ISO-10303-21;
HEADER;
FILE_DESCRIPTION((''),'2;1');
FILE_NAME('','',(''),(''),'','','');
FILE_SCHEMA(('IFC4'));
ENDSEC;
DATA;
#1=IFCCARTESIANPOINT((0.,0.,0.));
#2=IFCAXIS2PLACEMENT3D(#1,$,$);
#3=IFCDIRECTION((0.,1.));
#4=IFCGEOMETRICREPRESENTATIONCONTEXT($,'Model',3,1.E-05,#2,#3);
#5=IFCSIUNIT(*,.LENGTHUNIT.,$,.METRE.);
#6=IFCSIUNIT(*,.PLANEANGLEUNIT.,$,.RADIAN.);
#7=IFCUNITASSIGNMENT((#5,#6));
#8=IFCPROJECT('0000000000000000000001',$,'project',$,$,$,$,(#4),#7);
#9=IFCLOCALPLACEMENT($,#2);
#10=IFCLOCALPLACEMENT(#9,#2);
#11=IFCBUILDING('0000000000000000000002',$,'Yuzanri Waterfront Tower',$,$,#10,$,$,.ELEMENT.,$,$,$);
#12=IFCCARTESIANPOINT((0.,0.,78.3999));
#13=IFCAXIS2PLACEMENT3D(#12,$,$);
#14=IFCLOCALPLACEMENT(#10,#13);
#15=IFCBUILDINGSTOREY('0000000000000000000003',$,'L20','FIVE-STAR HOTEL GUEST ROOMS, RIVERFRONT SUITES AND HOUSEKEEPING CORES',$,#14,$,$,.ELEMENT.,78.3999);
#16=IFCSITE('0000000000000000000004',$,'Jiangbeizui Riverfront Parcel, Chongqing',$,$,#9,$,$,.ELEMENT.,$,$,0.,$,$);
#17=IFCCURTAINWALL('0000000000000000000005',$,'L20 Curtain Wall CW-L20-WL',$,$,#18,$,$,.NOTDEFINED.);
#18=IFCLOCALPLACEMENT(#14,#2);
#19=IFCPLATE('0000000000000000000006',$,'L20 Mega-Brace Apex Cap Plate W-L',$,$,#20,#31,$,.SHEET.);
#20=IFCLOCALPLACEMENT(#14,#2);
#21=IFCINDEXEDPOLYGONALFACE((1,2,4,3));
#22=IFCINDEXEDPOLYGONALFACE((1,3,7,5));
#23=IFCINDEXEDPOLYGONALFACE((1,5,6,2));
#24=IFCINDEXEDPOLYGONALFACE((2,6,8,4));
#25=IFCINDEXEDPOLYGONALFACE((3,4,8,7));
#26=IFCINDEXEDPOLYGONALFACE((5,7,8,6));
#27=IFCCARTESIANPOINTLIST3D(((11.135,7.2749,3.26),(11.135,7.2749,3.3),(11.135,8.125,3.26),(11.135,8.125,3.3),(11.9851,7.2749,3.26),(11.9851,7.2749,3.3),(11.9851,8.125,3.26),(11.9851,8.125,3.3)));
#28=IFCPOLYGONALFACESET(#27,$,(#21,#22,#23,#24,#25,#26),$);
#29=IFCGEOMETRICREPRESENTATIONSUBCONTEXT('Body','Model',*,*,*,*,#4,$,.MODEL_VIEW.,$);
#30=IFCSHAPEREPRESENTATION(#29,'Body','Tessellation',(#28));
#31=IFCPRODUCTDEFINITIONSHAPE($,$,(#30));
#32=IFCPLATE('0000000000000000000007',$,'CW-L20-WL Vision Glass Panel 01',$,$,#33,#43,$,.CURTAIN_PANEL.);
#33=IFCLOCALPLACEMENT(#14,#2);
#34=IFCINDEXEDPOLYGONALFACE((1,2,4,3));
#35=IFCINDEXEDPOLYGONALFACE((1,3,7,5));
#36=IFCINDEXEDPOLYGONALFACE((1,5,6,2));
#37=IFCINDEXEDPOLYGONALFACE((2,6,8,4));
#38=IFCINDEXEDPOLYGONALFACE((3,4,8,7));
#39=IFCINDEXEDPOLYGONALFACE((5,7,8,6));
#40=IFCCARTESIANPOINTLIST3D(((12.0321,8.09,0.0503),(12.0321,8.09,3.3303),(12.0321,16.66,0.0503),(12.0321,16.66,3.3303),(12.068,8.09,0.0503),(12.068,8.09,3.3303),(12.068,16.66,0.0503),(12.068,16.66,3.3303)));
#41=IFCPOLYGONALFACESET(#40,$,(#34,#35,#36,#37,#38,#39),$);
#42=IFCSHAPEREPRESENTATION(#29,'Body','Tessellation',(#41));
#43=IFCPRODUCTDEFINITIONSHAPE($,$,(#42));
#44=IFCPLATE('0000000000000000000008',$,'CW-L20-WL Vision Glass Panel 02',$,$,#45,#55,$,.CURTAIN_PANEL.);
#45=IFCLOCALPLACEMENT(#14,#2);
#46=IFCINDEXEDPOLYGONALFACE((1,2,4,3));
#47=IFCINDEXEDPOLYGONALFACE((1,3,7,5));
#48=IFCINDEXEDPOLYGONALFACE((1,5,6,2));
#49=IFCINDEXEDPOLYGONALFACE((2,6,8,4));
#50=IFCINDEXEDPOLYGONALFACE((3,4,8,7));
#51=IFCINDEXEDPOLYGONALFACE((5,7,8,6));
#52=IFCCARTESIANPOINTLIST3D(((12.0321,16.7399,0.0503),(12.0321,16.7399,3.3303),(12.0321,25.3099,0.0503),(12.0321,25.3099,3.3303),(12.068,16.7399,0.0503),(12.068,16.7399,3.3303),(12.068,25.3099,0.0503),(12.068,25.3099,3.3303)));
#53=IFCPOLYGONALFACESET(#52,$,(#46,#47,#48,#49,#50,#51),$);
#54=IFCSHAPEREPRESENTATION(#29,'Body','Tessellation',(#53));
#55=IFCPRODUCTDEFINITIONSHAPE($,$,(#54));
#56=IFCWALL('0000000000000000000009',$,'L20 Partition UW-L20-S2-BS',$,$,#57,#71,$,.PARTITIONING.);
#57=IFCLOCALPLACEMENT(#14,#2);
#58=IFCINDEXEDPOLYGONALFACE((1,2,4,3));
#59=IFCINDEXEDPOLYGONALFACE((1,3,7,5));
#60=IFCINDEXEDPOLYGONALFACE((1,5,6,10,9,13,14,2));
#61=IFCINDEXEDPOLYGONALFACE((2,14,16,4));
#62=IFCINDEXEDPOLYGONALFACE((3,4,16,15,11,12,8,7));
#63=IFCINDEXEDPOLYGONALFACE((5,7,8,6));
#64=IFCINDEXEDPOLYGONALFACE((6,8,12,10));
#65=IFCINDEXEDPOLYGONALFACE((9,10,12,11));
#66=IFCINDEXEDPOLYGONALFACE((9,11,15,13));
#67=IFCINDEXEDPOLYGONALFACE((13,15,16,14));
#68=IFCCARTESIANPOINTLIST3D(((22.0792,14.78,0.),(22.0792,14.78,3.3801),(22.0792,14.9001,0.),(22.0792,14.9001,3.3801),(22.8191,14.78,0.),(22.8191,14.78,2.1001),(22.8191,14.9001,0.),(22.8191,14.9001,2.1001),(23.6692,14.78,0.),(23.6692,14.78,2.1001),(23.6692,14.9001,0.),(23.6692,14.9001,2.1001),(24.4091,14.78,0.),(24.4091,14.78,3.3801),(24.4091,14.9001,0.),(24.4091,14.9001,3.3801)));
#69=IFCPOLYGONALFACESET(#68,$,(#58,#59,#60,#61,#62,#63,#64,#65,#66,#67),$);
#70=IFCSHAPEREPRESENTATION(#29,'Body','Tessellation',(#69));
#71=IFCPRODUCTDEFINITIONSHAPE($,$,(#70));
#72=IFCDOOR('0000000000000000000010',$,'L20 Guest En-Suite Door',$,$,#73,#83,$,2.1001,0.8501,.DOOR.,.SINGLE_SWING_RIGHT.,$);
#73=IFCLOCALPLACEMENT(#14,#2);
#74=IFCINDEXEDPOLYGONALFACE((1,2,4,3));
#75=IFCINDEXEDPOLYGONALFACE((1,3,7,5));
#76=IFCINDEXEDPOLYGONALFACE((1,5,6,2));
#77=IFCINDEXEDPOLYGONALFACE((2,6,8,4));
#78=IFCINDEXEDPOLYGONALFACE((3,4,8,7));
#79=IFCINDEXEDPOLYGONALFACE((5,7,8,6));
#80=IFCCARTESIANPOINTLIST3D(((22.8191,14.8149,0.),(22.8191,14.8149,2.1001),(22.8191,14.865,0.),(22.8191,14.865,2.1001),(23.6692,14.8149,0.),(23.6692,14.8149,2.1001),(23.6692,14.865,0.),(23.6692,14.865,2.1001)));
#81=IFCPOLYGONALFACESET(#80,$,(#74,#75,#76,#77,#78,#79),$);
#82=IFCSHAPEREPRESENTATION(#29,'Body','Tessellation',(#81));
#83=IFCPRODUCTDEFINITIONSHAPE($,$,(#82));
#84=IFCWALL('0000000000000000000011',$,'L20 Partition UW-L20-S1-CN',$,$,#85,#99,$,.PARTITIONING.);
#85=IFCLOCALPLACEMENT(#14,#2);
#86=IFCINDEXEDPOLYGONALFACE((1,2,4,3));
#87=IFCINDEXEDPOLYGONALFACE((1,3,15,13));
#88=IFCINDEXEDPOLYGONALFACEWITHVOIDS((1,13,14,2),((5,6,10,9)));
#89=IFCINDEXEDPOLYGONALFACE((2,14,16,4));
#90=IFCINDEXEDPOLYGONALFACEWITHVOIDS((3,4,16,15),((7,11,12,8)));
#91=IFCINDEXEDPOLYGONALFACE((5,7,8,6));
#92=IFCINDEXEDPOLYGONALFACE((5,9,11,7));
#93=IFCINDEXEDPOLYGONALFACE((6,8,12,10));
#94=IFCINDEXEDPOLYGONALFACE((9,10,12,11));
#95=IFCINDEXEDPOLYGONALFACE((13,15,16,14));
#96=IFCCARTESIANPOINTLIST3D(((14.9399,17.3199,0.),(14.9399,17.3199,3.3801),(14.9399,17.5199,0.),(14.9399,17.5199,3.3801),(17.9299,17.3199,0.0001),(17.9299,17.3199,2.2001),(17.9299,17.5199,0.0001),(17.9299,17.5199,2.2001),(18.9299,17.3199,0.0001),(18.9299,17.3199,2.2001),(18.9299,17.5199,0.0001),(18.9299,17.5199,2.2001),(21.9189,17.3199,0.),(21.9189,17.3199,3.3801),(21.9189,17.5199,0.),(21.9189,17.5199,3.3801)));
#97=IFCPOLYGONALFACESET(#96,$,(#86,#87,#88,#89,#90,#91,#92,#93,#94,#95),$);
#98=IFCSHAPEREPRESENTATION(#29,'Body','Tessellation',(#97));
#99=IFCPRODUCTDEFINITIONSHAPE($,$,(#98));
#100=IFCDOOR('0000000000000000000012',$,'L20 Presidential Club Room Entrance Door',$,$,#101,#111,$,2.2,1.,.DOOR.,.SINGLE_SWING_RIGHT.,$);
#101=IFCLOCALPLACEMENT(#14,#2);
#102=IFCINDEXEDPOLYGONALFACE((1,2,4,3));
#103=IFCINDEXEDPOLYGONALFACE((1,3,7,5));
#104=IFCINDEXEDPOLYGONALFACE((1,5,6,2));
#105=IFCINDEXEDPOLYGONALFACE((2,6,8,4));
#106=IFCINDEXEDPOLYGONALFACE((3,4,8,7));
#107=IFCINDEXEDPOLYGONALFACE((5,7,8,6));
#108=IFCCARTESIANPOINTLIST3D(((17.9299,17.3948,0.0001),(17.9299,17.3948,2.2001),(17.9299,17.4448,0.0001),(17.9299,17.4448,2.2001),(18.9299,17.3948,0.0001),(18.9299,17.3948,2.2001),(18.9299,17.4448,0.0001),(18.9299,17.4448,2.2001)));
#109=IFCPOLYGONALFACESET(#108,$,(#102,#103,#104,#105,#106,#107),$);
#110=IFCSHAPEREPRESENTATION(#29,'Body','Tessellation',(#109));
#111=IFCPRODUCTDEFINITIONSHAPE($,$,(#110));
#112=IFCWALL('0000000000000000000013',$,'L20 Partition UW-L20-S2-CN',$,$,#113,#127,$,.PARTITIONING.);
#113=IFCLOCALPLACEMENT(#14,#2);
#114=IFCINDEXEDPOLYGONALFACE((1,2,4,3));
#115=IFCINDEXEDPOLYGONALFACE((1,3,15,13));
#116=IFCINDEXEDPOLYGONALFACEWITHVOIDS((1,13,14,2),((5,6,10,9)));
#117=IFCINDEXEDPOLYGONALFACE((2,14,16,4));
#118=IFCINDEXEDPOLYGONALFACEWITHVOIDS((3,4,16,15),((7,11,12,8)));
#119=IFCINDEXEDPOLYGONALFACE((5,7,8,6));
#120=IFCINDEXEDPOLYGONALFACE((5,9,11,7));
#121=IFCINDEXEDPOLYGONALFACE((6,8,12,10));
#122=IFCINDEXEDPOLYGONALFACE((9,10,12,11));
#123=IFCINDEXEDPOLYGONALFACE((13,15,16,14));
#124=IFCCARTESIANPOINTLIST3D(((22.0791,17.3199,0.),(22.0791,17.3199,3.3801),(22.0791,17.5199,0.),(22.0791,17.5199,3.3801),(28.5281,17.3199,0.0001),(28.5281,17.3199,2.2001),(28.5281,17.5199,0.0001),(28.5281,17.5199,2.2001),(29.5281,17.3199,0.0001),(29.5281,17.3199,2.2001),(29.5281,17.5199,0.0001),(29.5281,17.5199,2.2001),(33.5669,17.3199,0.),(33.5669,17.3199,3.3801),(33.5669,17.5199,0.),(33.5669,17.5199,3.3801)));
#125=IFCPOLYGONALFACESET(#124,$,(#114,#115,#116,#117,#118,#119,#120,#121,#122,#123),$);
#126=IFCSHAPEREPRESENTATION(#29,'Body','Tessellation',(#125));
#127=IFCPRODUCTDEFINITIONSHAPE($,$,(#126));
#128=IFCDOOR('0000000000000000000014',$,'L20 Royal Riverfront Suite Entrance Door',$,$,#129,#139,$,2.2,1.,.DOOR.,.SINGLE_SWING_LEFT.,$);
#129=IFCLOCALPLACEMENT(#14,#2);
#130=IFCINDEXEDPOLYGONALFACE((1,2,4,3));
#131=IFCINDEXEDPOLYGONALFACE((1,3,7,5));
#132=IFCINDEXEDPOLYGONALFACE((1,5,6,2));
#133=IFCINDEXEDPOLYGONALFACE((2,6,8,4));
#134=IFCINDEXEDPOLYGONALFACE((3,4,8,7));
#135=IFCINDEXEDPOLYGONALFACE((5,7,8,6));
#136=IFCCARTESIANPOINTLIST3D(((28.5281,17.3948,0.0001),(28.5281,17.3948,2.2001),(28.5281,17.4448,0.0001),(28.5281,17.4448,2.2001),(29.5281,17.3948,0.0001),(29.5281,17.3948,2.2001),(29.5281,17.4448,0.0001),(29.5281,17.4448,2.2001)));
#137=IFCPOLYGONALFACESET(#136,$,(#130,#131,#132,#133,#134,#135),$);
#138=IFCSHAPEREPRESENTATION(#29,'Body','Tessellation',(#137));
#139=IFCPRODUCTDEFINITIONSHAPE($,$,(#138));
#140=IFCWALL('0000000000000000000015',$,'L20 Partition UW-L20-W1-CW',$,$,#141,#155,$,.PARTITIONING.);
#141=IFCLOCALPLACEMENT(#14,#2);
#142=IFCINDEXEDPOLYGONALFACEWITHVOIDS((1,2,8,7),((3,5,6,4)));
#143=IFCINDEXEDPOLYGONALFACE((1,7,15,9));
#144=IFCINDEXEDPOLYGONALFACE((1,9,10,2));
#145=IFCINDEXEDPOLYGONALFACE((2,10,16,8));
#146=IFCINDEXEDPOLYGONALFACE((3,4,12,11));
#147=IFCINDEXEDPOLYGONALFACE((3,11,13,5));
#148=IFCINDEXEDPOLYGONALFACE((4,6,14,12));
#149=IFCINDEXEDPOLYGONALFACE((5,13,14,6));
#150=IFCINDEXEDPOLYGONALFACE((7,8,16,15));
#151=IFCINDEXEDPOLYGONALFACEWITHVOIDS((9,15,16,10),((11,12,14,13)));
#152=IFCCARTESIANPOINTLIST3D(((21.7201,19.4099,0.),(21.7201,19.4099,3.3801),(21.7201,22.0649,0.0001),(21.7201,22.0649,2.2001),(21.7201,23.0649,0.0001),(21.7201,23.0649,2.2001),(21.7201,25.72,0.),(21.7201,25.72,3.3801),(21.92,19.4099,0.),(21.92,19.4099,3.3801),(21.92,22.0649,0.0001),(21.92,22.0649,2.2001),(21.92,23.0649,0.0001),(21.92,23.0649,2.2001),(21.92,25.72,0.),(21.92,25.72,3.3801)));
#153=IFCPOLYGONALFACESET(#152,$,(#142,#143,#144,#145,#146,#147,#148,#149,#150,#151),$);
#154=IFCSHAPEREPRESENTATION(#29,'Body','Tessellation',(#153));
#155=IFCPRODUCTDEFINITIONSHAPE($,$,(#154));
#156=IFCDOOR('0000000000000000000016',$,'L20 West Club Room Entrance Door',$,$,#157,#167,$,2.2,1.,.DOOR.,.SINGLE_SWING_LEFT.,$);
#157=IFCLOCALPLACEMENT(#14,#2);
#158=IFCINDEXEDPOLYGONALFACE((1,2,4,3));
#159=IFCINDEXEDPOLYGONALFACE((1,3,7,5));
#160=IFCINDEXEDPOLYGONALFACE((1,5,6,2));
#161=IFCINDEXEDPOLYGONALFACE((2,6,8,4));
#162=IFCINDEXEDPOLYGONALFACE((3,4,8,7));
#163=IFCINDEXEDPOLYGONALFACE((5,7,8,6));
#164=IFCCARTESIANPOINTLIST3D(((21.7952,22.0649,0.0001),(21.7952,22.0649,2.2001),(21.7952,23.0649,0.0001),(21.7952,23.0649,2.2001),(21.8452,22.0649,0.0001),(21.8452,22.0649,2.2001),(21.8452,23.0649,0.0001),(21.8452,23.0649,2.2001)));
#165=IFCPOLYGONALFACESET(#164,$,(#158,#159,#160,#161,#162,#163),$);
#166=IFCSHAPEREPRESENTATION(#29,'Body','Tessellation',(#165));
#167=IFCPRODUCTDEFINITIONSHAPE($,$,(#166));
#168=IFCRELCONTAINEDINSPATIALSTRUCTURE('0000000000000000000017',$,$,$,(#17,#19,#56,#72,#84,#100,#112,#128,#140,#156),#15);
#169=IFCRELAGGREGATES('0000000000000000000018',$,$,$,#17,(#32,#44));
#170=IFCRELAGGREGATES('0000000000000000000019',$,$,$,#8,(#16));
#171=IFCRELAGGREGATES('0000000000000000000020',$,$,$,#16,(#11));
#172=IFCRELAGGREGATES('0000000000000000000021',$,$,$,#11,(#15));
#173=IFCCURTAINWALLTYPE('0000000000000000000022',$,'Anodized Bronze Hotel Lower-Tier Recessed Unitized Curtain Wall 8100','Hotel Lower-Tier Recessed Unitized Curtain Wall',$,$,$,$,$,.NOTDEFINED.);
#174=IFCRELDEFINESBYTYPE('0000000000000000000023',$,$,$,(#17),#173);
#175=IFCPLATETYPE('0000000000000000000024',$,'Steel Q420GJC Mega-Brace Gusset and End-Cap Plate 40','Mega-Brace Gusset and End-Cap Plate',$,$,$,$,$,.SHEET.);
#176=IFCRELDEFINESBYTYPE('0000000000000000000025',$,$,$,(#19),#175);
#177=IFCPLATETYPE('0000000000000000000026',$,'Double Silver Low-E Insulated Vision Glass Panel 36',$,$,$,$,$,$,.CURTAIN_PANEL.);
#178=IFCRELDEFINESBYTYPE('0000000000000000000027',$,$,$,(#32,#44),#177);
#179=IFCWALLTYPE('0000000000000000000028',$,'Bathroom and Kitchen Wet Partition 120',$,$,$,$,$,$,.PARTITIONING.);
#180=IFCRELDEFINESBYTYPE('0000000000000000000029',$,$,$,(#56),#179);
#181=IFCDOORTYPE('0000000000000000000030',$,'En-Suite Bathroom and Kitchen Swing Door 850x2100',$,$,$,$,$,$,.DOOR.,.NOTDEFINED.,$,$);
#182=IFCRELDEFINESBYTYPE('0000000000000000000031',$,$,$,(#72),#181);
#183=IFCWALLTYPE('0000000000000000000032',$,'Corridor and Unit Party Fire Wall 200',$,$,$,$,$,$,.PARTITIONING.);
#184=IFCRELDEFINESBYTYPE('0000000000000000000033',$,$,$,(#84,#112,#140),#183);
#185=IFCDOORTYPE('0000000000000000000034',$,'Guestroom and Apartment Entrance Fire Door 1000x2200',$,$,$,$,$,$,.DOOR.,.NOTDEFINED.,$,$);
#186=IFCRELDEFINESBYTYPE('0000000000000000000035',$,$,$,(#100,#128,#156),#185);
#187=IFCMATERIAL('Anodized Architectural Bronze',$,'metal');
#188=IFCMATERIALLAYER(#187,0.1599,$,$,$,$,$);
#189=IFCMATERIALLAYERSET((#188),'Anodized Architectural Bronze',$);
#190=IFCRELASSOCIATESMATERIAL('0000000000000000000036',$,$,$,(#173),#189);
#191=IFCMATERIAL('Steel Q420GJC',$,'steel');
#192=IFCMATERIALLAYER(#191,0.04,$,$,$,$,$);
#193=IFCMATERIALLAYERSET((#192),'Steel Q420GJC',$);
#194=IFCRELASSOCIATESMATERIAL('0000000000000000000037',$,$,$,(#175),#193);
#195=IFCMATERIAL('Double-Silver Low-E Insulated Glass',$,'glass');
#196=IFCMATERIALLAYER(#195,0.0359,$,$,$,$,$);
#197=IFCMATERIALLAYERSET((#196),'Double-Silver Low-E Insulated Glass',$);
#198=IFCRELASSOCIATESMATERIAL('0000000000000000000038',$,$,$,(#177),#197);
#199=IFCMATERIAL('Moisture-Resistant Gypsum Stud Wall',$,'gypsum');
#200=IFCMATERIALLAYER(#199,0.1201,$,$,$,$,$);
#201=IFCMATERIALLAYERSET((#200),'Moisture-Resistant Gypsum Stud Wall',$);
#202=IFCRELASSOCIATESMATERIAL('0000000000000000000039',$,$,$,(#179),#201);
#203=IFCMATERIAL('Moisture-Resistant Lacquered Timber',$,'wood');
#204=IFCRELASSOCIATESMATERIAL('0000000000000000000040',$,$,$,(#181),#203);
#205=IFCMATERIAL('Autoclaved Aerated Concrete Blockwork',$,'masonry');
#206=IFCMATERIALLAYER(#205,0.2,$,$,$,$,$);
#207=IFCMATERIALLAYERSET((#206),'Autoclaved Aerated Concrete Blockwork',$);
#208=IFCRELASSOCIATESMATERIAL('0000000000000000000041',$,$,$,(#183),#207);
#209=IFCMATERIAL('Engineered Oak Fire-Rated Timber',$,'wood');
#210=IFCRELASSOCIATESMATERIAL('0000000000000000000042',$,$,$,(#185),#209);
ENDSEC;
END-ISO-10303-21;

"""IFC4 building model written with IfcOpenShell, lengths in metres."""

from ifc_helpers import new_model, si_unit, direction, frame, frame_2d, origin, origin_2d, place, context, subcontext, project, spatial, rectangle, extrude, source, transform, mapped, material, layer, layer_set, type_object, element, fill, aggregate, save


model = new_model("IFC4")

# Units and contexts
model_context = context("Model", 3, precision=1e-05, world=origin(), true_north=direction((0.0, 1.0)))
body_context = subcontext(model_context, "Body", "Model", "MODEL_VIEW")
ifc_project = project(units=[si_unit("LENGTHUNIT", "METRE"), si_unit("PLANEANGLEUNIT", "RADIAN")], contexts=[model_context])

# Site, building, storey
site_placement = place(None, origin())
site = spatial("IfcSite", under=ifc_project, at=site_placement, Name="Jiangbeizui Riverfront Parcel, Chongqing", CompositionType="ELEMENT", RefElevation=0.0)
building_placement = place(site_placement, origin())
building = spatial("IfcBuilding", under=site, at=building_placement, Name="Yuzanri Waterfront Tower", CompositionType="ELEMENT")
storey_placement = place(building_placement, frame((0.0, 0.0, 78.3999)))
storey = spatial("IfcBuildingStorey", under=building, at=storey_placement, Name="L20", Description="FIVE-STAR HOTEL GUEST ROOMS, RIVERFRONT SUITES AND HOUSEKEEPING CORES", CompositionType="ELEMENT", Elevation=78.3999)

# Curtain wall
ifc_material_1 = material(Name="Anodized Architectural Bronze", Category="metal")
ifc_layer_1 = layer(ifc_material_1, 0.1599)
ifc_layer_set_1 = layer_set([ifc_layer_1], Name="Anodized Architectural Bronze")
curtain_wall_type = type_object("IfcCurtainWallType", Name="Anodized Bronze Hotel Lower-Tier Recessed Unitized Curtain Wall 8100", Description="Hotel Lower-Tier Recessed Unitized Curtain Wall", PredefinedType="NOTDEFINED", material=ifc_layer_set_1)
curtain_wall_placement = place(storey_placement, origin())
curtain_wall = element("IfcCurtainWall", 1, at=curtain_wall_placement, inside=storey, type_object=curtain_wall_type, Name="L20 Curtain Wall CW-L20-WL", PredefinedType="NOTDEFINED")

# Plates
ifc_material_2 = material(Name="Steel Q420GJC", Category="steel")
ifc_layer_2 = layer(ifc_material_2, 0.04)
ifc_layer_set_2 = layer_set([ifc_layer_2], Name="Steel Q420GJC")
plate_type_1 = type_object("IfcPlateType", Name="Steel Q420GJC Mega-Brace Gusset and End-Cap Plate 40", Description="Mega-Brace Gusset and End-Cap Plate", PredefinedType="SHEET", material=ifc_layer_set_2)
shared_shape_1 = source(origin(), body_context, "Body", "SweptSolid", [
    extrude(rectangle(XDim=0.8501, YDim=0.8501, at=origin_2d()), origin(), (0.0, 0.0, 1.0), 0.04),
])
plate_1_placement = place(storey_placement, frame((11.5601, 7.7, 3.26), z_axis=(0.0, 0.0, 1.0), x_axis=(1.0, 0.0, 0.0)))
element("IfcPlate", 2, at=plate_1_placement, inside=storey, type_object=plate_type_1, Name="L20 Mega-Brace Apex Cap Plate W-L", PredefinedType="SHEET", context=body_context, shape_type="MappedRepresentation", body=[
    mapped(shared_shape_1, transform((0.0, 0.0, 0.0), scale=1.0)),
])
ifc_material_3 = material(Name="Double-Silver Low-E Insulated Glass", Category="glass")
ifc_layer_3 = layer(ifc_material_3, 0.0359)
ifc_layer_set_3 = layer_set([ifc_layer_3], Name="Double-Silver Low-E Insulated Glass")
plate_type_2 = type_object("IfcPlateType", Name="Double Silver Low-E Insulated Vision Glass Panel 36", PredefinedType="CURTAIN_PANEL", material=ifc_layer_set_3)
shared_shape_2 = source(origin(), body_context, "Body", "SweptSolid", [
    extrude(rectangle(XDim=8.5701, YDim=0.0359, at=origin_2d()), origin(), (0.0, 0.0, 1.0), 3.28),
])
plate_2_placement = place(storey_placement, frame((12.05, 12.375, 0.0503), z_axis=(0.0, 0.0, 1.0), x_axis=(0.0, 1.0, 0.0)))
plate_2 = element("IfcPlate", 3, at=plate_2_placement, type_object=plate_type_2, Name="CW-L20-WL Vision Glass Panel 01", PredefinedType="CURTAIN_PANEL", context=body_context, shape_type="MappedRepresentation", body=[
    mapped(shared_shape_2, transform((0.0, 0.0, 0.0), scale=1.0)),
])
plate_3_placement = place(storey_placement, frame((12.05, 21.0249, 0.0503), z_axis=(0.0, 0.0, 1.0), x_axis=(0.0, 1.0, 0.0)))
plate_3 = element("IfcPlate", 4, at=plate_3_placement, type_object=plate_type_2, Name="CW-L20-WL Vision Glass Panel 02", PredefinedType="CURTAIN_PANEL", context=body_context, shape_type="MappedRepresentation", body=[
    mapped(shared_shape_2, transform((0.0, 0.0, 0.0), scale=1.0)),
])
aggregate(curtain_wall, [plate_2, plate_3])

# Wall, opening, door
ifc_material_4 = material(Name="Moisture-Resistant Gypsum Stud Wall", Category="gypsum")
ifc_layer_4 = layer(ifc_material_4, 0.1201)
ifc_layer_set_4 = layer_set([ifc_layer_4], Name="Moisture-Resistant Gypsum Stud Wall")
wall_type_1 = type_object("IfcWallType", Name="Bathroom and Kitchen Wet Partition 120", PredefinedType="PARTITIONING", material=ifc_layer_set_4)
wall_1_placement = place(storey_placement, frame((22.0791, 14.8401, 0.0), z_axis=(0.0, 0.0, 1.0), x_axis=(1.0, 0.0, 0.0)))
wall_1 = element("IfcWall", 5, at=wall_1_placement, inside=storey, type_object=wall_type_1, Name="L20 Partition UW-L20-S2-BS", PredefinedType="PARTITIONING", context=body_context, shape_type="SweptSolid", body=[
    extrude(rectangle(XDim=2.3298, YDim=0.1201, at=frame_2d((1.165, 0.0))), origin(), (0.0, 0.0, 1.0), 3.3801),
])
opening_1_placement = place(wall_1_placement, frame((0.74, 0.0, 0.0)))
opening_1 = element("IfcOpeningElement", 6, at=opening_1_placement, cuts=wall_1, PredefinedType="OPENING", context=body_context, shape_type="SweptSolid", body=[
    extrude(rectangle(XDim=0.8501, YDim=2.1001, at=frame_2d((0.425, 1.05))), frame((0.0, 0.075, 0.0), z_axis=(0.0, -1.0, 0.0), x_axis=(1.0, 0.0, 0.0)), (0.0, 0.0, 1.0), 0.1499),
])
ifc_material_5 = material(Name="Moisture-Resistant Lacquered Timber", Category="wood")
door_type_1 = type_object("IfcDoorType", Name="En-Suite Bathroom and Kitchen Swing Door 850x2100", OperationType="NOTDEFINED", PredefinedType="DOOR", material=ifc_material_5)
shared_shape_3 = source(origin(), body_context, "Body", "SweptSolid", [
    extrude(rectangle(XDim=0.8501, YDim=2.1001, at=frame_2d((0.425, 1.05))), frame((0.0, 0.0249, 0.0), z_axis=(0.0, -1.0, 0.0), x_axis=(1.0, 0.0, 0.0)), (0.0, 0.0, 1.0), 0.05),
])
door_1_placement = place(opening_1_placement, origin())
door_1 = element("IfcDoor", 7, at=door_1_placement, inside=storey, type_object=door_type_1, Name="L20 Guest En-Suite Door", OperationType="SINGLE_SWING_RIGHT", OverallHeight=2.1001, OverallWidth=0.8501, PredefinedType="DOOR", context=body_context, shape_type="MappedRepresentation", body=[
    mapped(shared_shape_3, transform((0.0, 0.0, 0.0), scale=1.0)),
])
fill(opening_1, door_1)

# Walls, openings, doors
ifc_material_6 = material(Name="Autoclaved Aerated Concrete Blockwork", Category="masonry")
ifc_layer_5 = layer(ifc_material_6, 0.2)
ifc_layer_set_5 = layer_set([ifc_layer_5], Name="Autoclaved Aerated Concrete Blockwork")
wall_type_2 = type_object("IfcWallType", Name="Corridor and Unit Party Fire Wall 200", PredefinedType="PARTITIONING", material=ifc_layer_set_5)
wall_2_placement = place(storey_placement, frame((14.9399, 17.4199, 0.0), z_axis=(0.0, 0.0, 1.0), x_axis=(1.0, 0.0, 0.0)))
wall_2 = element("IfcWall", 8, at=wall_2_placement, inside=storey, type_object=wall_type_2, Name="L20 Partition UW-L20-S1-CN", PredefinedType="PARTITIONING", context=body_context, shape_type="SweptSolid", body=[
    extrude(rectangle(XDim=6.979, YDim=0.2, at=frame_2d((3.4895, 0.0))), origin(), (0.0, 0.0, 1.0), 3.3801),
])
opening_2_placement = place(wall_2_placement, frame((2.99, 0.0, 0.0)))
opening_2 = element("IfcOpeningElement", 9, at=opening_2_placement, cuts=wall_2, PredefinedType="OPENING", context=body_context, shape_type="SweptSolid", body=[
    extrude(rectangle(XDim=1.0, YDim=2.2, at=frame_2d((0.5, 1.1001))), frame((0.0, 0.1147, 0.0), z_axis=(0.0, -1.0, 0.0), x_axis=(1.0, 0.0, 0.0)), (0.0, 0.0, 1.0), 0.2297),
])
ifc_material_7 = material(Name="Engineered Oak Fire-Rated Timber", Category="wood")
door_type_2 = type_object("IfcDoorType", Name="Guestroom and Apartment Entrance Fire Door 1000x2200", OperationType="NOTDEFINED", PredefinedType="DOOR", material=ifc_material_7)
shared_shape_4 = source(origin(), body_context, "Body", "SweptSolid", [
    extrude(rectangle(XDim=1.0, YDim=2.2, at=frame_2d((0.5, 1.1001))), frame((0.0, 0.0249, 0.0), z_axis=(0.0, -1.0, 0.0), x_axis=(1.0, 0.0, 0.0)), (0.0, 0.0, 1.0), 0.05),
])
door_2_placement = place(opening_2_placement, origin())
door_2 = element("IfcDoor", 10, at=door_2_placement, inside=storey, type_object=door_type_2, Name="L20 Presidential Club Room Entrance Door", OperationType="SINGLE_SWING_RIGHT", OverallHeight=2.2, OverallWidth=1.0, PredefinedType="DOOR", context=body_context, shape_type="MappedRepresentation", body=[
    mapped(shared_shape_4, transform((0.0, 0.0, 0.0), scale=1.0)),
])
fill(opening_2, door_2)
wall_3_placement = place(storey_placement, frame((22.0791, 17.4199, 0.0), z_axis=(0.0, 0.0, 1.0), x_axis=(1.0, 0.0, 0.0)))
wall_3 = element("IfcWall", 11, at=wall_3_placement, inside=storey, type_object=wall_type_2, Name="L20 Partition UW-L20-S2-CN", PredefinedType="PARTITIONING", context=body_context, shape_type="SweptSolid", body=[
    extrude(rectangle(XDim=11.4878, YDim=0.2, at=frame_2d((5.7439, 0.0))), origin(), (0.0, 0.0, 1.0), 3.3801),
])
opening_3_placement = place(wall_3_placement, frame((6.449, 0.0, 0.0)))
opening_3 = element("IfcOpeningElement", 12, at=opening_3_placement, cuts=wall_3, PredefinedType="OPENING", context=body_context, shape_type="SweptSolid", body=[
    extrude(rectangle(XDim=1.0, YDim=2.2, at=frame_2d((0.5, 1.1001))), frame((0.0, 0.1147, 0.0), z_axis=(0.0, -1.0, 0.0), x_axis=(1.0, 0.0, 0.0)), (0.0, 0.0, 1.0), 0.2297),
])
door_3_placement = place(opening_3_placement, origin())
door_3 = element("IfcDoor", 13, at=door_3_placement, inside=storey, type_object=door_type_2, Name="L20 Royal Riverfront Suite Entrance Door", OperationType="SINGLE_SWING_LEFT", OverallHeight=2.2, OverallWidth=1.0, PredefinedType="DOOR", context=body_context, shape_type="MappedRepresentation", body=[
    mapped(shared_shape_4, transform((0.0, 0.0, 0.0), scale=1.0)),
])
fill(opening_3, door_3)
wall_4_placement = place(storey_placement, frame((21.8201, 19.4099, 0.0), z_axis=(0.0, 0.0, 1.0), x_axis=(0.0, 1.0, 0.0)))
wall_4 = element("IfcWall", 14, at=wall_4_placement, inside=storey, type_object=wall_type_2, Name="L20 Partition UW-L20-W1-CW", PredefinedType="PARTITIONING", context=body_context, shape_type="SweptSolid", body=[
    extrude(rectangle(XDim=6.3101, YDim=0.2, at=frame_2d((3.155, 0.0))), origin(), (0.0, 0.0, 1.0), 3.3801),
])
opening_4_placement = place(wall_4_placement, frame((2.655, 0.0, 0.0)))
opening_4 = element("IfcOpeningElement", 15, at=opening_4_placement, cuts=wall_4, PredefinedType="OPENING", context=body_context, shape_type="SweptSolid", body=[
    extrude(rectangle(XDim=1.0, YDim=2.2, at=frame_2d((0.5, 1.1001))), frame((0.0, 0.1147, 0.0), z_axis=(0.0, -1.0, 0.0), x_axis=(1.0, 0.0, 0.0)), (0.0, 0.0, 1.0), 0.2297),
])
door_4_placement = place(opening_4_placement, origin())
door_4 = element("IfcDoor", 16, at=door_4_placement, inside=storey, type_object=door_type_2, Name="L20 West Club Room Entrance Door", OperationType="SINGLE_SWING_LEFT", OverallHeight=2.2, OverallWidth=1.0, PredefinedType="DOOR", context=body_context, shape_type="MappedRepresentation", body=[
    mapped(shared_shape_4, transform((0.0, 0.0, 0.0), scale=1.0)),
])
fill(opening_4, door_4)

save(model, "model.ifc")
